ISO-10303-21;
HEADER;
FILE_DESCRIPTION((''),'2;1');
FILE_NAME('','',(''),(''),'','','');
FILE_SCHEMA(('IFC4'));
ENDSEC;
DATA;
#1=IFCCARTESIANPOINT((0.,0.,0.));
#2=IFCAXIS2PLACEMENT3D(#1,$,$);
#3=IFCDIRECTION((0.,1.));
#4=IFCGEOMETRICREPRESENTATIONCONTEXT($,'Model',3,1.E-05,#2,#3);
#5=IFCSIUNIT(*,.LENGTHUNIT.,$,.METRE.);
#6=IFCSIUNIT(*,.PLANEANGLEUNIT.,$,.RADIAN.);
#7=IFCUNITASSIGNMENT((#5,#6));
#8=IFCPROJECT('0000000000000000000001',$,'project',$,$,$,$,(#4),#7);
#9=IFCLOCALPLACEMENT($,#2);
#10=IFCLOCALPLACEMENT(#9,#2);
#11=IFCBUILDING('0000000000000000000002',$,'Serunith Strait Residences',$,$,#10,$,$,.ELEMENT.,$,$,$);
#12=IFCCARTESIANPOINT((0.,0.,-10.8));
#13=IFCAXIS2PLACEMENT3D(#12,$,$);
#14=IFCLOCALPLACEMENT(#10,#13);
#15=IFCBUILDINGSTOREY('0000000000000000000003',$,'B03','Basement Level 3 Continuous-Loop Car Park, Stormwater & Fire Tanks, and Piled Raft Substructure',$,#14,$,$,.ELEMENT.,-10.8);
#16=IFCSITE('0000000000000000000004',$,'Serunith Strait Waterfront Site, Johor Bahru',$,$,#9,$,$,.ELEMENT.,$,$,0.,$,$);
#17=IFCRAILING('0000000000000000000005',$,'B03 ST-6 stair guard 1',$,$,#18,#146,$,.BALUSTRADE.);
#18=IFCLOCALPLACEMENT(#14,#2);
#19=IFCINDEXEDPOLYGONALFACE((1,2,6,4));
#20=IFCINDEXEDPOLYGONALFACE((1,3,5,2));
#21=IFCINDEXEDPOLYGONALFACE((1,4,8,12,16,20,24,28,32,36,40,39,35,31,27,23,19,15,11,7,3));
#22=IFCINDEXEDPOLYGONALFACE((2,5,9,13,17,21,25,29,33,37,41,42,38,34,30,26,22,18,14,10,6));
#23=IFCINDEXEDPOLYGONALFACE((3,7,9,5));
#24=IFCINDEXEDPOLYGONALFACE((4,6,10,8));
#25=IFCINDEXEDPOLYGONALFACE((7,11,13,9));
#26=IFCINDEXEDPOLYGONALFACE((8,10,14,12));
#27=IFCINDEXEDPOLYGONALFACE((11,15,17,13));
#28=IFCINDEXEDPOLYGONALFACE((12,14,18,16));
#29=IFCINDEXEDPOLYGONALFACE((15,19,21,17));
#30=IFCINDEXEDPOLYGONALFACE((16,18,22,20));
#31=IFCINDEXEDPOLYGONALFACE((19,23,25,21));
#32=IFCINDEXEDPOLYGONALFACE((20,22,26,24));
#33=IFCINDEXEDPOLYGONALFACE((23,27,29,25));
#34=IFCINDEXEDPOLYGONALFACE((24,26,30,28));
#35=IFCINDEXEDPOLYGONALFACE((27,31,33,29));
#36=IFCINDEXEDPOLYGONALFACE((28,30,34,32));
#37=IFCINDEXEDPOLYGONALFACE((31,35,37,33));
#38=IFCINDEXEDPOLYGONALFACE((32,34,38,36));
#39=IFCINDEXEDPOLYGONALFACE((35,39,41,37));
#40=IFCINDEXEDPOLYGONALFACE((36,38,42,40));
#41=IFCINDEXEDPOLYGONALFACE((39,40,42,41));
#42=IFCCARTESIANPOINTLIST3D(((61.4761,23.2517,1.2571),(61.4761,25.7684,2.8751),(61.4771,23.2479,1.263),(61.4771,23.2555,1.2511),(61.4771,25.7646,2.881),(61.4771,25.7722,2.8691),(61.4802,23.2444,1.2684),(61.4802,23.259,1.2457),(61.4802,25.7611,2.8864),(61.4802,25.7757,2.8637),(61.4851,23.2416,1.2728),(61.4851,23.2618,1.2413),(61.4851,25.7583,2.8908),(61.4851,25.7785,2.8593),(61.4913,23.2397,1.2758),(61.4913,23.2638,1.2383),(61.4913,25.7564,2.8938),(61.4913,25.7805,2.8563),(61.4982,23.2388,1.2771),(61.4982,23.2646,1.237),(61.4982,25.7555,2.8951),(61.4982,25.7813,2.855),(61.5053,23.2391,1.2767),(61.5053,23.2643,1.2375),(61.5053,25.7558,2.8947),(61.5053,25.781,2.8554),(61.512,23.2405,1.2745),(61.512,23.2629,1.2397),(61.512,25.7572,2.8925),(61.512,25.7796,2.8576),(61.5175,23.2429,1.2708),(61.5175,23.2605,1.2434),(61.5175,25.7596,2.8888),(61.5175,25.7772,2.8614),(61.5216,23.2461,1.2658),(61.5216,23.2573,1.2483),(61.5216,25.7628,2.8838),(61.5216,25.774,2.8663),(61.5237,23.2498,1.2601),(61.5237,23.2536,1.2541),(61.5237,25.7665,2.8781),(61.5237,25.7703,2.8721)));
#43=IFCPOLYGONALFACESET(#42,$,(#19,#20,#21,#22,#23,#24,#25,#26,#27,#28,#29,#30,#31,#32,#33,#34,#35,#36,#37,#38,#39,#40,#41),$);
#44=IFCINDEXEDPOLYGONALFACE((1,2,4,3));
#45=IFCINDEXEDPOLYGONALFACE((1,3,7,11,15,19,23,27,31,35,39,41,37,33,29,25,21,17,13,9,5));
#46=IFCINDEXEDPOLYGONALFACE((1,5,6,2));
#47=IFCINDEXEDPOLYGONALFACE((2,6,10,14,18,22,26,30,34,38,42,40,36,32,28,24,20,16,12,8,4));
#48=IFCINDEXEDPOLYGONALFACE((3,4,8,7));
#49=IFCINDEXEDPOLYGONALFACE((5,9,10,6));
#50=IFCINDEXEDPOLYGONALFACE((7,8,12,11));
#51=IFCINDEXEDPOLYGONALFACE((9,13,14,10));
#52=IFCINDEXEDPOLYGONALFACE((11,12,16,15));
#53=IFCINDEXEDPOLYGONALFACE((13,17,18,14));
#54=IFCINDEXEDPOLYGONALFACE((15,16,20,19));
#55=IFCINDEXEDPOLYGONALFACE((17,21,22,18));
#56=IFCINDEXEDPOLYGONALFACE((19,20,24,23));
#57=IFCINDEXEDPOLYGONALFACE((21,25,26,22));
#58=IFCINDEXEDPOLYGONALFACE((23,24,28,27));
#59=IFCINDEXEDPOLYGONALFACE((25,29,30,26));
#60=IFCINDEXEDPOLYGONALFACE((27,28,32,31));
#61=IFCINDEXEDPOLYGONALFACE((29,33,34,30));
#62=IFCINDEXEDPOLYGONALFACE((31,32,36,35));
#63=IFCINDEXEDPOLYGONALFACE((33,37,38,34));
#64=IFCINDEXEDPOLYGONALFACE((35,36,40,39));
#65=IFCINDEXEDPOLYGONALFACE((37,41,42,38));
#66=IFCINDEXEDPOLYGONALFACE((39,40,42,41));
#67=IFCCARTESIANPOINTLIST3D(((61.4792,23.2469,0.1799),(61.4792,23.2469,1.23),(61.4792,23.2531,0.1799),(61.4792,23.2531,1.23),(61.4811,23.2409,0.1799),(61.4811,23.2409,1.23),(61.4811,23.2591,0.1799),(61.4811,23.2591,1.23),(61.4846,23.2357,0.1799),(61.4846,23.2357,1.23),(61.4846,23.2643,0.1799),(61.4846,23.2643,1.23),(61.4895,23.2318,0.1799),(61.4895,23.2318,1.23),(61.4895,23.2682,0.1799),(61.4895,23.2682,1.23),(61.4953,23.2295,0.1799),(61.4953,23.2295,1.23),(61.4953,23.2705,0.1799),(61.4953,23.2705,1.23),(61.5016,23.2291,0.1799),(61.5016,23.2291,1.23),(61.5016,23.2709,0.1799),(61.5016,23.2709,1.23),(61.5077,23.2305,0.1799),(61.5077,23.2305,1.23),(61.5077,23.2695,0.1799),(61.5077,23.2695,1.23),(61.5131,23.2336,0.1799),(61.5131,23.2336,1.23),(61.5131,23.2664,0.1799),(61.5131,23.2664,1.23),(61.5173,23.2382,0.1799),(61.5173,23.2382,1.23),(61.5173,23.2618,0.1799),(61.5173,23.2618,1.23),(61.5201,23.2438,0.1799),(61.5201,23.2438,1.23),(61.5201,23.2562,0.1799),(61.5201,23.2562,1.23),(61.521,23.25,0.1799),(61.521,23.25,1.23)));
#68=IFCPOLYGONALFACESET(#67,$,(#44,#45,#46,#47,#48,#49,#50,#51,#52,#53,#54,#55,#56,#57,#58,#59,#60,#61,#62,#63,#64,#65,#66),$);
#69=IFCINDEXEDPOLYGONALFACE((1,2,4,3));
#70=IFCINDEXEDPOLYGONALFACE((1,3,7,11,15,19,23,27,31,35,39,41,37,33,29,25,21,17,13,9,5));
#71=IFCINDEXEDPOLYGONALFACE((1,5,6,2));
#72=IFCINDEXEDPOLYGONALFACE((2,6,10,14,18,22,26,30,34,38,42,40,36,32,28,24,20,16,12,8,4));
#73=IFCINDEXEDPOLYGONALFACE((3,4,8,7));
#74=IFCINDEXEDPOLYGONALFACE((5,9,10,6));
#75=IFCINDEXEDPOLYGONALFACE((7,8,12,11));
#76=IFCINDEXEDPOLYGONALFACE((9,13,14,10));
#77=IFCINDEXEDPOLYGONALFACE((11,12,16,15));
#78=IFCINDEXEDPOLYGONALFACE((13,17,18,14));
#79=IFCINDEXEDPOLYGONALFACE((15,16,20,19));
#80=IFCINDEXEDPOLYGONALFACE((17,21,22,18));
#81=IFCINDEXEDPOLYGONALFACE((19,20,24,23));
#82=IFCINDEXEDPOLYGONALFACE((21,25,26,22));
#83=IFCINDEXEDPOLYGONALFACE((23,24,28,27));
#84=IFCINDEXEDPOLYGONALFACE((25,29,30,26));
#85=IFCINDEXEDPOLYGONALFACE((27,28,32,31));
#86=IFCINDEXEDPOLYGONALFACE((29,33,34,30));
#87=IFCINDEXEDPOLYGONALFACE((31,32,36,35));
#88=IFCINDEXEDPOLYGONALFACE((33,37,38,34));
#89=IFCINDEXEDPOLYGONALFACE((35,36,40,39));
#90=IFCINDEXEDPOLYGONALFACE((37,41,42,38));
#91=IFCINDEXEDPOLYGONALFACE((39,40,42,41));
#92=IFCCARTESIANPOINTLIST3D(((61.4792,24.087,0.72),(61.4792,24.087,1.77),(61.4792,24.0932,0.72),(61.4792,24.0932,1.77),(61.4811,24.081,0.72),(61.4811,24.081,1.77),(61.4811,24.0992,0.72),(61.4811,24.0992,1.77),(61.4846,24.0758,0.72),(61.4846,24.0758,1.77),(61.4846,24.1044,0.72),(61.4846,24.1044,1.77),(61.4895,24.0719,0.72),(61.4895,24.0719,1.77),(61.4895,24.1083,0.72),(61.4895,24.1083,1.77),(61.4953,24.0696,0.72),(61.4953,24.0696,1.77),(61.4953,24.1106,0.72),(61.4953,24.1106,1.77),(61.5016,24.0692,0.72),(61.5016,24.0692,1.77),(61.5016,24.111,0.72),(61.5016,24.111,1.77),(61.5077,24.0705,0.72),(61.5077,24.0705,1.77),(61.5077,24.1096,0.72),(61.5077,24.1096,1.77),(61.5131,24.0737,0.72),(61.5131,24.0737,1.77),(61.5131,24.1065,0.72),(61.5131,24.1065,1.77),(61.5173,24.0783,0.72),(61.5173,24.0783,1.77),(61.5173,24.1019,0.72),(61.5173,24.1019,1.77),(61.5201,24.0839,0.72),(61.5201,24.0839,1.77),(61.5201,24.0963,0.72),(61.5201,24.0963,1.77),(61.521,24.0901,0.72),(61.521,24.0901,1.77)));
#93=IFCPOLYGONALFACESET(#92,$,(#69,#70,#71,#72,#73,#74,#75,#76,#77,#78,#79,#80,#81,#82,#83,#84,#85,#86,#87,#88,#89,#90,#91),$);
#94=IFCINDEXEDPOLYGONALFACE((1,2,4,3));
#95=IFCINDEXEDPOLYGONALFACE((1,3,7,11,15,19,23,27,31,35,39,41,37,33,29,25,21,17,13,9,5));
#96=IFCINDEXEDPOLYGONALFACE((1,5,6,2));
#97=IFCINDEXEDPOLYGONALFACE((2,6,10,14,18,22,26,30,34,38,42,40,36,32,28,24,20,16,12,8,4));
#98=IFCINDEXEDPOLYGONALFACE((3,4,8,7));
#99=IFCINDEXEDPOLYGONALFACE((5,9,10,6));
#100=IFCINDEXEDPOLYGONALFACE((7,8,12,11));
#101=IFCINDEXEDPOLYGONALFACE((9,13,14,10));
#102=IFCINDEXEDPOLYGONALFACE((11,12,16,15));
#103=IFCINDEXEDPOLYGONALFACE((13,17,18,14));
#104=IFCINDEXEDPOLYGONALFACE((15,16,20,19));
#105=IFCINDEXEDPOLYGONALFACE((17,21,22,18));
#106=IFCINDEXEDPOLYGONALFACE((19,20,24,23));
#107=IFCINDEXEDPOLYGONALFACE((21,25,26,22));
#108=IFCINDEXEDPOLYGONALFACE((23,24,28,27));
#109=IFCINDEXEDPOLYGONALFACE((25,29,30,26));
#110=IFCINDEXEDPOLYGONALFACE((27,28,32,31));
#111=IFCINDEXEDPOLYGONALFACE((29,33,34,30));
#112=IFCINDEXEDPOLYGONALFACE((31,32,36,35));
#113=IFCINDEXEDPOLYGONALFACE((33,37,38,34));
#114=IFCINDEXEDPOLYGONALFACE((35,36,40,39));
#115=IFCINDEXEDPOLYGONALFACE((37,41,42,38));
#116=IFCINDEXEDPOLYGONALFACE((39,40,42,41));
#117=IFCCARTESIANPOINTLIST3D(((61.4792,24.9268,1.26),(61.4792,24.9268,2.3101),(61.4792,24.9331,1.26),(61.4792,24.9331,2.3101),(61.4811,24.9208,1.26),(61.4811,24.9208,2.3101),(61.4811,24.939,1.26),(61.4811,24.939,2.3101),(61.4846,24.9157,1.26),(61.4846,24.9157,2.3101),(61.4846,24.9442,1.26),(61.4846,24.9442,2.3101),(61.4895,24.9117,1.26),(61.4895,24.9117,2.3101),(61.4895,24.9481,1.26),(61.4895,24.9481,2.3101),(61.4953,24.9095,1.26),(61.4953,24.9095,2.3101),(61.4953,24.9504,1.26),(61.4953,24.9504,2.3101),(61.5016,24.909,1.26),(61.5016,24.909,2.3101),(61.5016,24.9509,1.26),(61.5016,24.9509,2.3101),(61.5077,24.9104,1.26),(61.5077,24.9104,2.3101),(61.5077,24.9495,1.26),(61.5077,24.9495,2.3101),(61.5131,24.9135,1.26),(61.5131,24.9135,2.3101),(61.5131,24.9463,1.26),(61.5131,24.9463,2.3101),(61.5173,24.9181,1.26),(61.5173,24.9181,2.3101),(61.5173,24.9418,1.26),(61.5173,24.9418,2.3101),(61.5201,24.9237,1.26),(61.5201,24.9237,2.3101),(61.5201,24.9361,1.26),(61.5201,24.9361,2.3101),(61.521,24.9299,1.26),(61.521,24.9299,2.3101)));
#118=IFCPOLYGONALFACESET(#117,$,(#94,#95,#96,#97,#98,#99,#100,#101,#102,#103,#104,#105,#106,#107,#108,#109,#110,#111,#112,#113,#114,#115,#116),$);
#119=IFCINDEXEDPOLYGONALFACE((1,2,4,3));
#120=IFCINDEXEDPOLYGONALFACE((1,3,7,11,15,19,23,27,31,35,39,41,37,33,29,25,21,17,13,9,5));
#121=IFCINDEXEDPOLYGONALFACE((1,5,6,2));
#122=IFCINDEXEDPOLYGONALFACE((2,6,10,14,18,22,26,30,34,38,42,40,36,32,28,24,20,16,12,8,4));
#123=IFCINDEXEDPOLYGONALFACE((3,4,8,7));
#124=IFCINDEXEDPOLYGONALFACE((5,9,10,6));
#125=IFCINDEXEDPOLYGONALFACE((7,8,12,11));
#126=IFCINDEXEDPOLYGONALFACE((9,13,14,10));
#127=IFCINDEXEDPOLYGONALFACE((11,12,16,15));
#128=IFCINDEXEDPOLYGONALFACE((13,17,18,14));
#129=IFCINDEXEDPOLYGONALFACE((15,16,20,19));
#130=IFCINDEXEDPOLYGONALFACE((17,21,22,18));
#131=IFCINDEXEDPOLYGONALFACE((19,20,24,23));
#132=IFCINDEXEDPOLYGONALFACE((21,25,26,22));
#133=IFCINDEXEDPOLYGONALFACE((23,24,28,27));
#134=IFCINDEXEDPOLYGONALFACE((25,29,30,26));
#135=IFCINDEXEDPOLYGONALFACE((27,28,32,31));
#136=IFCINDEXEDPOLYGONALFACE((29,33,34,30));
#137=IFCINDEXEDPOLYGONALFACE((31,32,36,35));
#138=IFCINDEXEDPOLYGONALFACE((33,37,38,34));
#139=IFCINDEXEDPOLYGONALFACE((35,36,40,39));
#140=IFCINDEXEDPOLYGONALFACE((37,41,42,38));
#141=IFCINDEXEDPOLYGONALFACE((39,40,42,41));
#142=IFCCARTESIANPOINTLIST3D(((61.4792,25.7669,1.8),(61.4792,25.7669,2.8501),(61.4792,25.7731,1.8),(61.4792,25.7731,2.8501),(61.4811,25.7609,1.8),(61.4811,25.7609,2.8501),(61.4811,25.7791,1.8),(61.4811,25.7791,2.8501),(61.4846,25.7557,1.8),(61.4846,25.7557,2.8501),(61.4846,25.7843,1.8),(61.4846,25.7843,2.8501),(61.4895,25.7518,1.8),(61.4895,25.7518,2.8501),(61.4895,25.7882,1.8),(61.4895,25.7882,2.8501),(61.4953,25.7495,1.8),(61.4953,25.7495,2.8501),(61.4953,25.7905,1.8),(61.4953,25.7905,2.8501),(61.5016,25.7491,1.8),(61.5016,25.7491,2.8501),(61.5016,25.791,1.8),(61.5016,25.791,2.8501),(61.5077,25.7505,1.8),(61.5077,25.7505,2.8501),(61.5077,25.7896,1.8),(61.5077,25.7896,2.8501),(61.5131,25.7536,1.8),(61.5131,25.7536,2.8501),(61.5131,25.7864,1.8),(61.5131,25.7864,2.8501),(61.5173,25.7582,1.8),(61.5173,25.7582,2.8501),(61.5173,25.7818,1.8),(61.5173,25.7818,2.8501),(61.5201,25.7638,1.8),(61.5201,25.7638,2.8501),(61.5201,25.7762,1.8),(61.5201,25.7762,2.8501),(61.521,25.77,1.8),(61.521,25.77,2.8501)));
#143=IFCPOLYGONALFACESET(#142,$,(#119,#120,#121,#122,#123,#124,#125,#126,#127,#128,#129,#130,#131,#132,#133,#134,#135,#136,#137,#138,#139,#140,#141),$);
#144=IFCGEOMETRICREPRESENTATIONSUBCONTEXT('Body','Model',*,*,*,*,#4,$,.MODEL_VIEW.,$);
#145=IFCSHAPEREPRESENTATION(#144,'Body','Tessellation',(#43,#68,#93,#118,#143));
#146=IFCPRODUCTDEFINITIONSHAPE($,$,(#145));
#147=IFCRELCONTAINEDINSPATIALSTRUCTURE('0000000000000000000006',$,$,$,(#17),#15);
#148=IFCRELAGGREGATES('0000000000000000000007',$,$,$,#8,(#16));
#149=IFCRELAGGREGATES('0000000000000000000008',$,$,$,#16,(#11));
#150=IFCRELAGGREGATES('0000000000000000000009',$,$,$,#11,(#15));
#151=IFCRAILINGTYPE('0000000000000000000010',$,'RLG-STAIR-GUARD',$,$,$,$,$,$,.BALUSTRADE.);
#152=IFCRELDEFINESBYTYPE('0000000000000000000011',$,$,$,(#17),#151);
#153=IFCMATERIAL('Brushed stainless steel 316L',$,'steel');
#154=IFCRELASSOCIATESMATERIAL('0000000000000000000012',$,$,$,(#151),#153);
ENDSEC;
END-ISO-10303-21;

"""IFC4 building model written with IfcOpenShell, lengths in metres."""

from ifc_helpers import new_model, si_unit, direction, frame, origin, origin_2d, place, context, subcontext, project, spatial, circle, extrude, material, type_object, element, save


model = new_model("IFC4")

# Units and contexts
model_context = context("Model", 3, precision=1e-05, world=origin(), true_north=direction((0.0, 1.0)))
body_context = subcontext(model_context, "Body", "Model", "MODEL_VIEW")
ifc_project = project(units=[si_unit("LENGTHUNIT", "METRE"), si_unit("PLANEANGLEUNIT", "RADIAN")], contexts=[model_context])

# Site, building, storey
site_placement = place(None, origin())
site = spatial("IfcSite", under=ifc_project, at=site_placement, Name="Serunith Strait Waterfront Site, Johor Bahru", CompositionType="ELEMENT", RefElevation=0.0)
building_placement = place(site_placement, origin())
building = spatial("IfcBuilding", under=site, at=building_placement, Name="Serunith Strait Residences", CompositionType="ELEMENT")
storey_placement = place(building_placement, frame((0.0, 0.0, -10.8)))
storey = spatial("IfcBuildingStorey", under=building, at=storey_placement, Name="B03", Description="Basement Level 3 Continuous-Loop Car Park, Stormwater & Fire Tanks, and Piled Raft Substructure", CompositionType="ELEMENT", Elevation=-10.8)

# Railing
ifc_material_1 = material(Name="Brushed stainless steel 316L", Category="steel")
railing_type_1 = type_object("IfcRailingType", Name="RLG-STAIR-GUARD", PredefinedType="BALUSTRADE", material=ifc_material_1)
railing_1_placement = place(storey_placement, frame((61.5, 23.25, 0.1799)))
element("IfcRailing", 1, at=railing_1_placement, inside=storey, type_object=railing_type_1, Name="B03 ST-6 stair guard 1", PredefinedType="BALUSTRADE", context=body_context, shape_type="SweptSolid", body=[
    extrude(circle(Radius=0.0239, at=origin_2d()), frame((0.0, 0.0017, 1.0771), z_axis=(0.0, 0.841163, 0.540782), x_axis=(-1.0, 0.0, 0.0)), (0.0, 0.0, 1.0), 2.9919),
    extrude(circle(Radius=0.021, at=origin_2d()), origin(), (0.0, 0.0, 1.0), 1.05),
    extrude(circle(Radius=0.021, at=origin_2d()), frame((0.0, 0.8401, 0.54)), (0.0, 0.0, 1.0), 1.05),
    extrude(circle(Radius=0.021, at=origin_2d()), frame((0.0, 1.6799, 1.0801)), (0.0, 0.0, 1.0), 1.05),
    extrude(circle(Radius=0.021, at=origin_2d()), frame((0.0, 2.52, 1.6201)), (0.0, 0.0, 1.0), 1.05),
])

save(model, "model.ifc")
